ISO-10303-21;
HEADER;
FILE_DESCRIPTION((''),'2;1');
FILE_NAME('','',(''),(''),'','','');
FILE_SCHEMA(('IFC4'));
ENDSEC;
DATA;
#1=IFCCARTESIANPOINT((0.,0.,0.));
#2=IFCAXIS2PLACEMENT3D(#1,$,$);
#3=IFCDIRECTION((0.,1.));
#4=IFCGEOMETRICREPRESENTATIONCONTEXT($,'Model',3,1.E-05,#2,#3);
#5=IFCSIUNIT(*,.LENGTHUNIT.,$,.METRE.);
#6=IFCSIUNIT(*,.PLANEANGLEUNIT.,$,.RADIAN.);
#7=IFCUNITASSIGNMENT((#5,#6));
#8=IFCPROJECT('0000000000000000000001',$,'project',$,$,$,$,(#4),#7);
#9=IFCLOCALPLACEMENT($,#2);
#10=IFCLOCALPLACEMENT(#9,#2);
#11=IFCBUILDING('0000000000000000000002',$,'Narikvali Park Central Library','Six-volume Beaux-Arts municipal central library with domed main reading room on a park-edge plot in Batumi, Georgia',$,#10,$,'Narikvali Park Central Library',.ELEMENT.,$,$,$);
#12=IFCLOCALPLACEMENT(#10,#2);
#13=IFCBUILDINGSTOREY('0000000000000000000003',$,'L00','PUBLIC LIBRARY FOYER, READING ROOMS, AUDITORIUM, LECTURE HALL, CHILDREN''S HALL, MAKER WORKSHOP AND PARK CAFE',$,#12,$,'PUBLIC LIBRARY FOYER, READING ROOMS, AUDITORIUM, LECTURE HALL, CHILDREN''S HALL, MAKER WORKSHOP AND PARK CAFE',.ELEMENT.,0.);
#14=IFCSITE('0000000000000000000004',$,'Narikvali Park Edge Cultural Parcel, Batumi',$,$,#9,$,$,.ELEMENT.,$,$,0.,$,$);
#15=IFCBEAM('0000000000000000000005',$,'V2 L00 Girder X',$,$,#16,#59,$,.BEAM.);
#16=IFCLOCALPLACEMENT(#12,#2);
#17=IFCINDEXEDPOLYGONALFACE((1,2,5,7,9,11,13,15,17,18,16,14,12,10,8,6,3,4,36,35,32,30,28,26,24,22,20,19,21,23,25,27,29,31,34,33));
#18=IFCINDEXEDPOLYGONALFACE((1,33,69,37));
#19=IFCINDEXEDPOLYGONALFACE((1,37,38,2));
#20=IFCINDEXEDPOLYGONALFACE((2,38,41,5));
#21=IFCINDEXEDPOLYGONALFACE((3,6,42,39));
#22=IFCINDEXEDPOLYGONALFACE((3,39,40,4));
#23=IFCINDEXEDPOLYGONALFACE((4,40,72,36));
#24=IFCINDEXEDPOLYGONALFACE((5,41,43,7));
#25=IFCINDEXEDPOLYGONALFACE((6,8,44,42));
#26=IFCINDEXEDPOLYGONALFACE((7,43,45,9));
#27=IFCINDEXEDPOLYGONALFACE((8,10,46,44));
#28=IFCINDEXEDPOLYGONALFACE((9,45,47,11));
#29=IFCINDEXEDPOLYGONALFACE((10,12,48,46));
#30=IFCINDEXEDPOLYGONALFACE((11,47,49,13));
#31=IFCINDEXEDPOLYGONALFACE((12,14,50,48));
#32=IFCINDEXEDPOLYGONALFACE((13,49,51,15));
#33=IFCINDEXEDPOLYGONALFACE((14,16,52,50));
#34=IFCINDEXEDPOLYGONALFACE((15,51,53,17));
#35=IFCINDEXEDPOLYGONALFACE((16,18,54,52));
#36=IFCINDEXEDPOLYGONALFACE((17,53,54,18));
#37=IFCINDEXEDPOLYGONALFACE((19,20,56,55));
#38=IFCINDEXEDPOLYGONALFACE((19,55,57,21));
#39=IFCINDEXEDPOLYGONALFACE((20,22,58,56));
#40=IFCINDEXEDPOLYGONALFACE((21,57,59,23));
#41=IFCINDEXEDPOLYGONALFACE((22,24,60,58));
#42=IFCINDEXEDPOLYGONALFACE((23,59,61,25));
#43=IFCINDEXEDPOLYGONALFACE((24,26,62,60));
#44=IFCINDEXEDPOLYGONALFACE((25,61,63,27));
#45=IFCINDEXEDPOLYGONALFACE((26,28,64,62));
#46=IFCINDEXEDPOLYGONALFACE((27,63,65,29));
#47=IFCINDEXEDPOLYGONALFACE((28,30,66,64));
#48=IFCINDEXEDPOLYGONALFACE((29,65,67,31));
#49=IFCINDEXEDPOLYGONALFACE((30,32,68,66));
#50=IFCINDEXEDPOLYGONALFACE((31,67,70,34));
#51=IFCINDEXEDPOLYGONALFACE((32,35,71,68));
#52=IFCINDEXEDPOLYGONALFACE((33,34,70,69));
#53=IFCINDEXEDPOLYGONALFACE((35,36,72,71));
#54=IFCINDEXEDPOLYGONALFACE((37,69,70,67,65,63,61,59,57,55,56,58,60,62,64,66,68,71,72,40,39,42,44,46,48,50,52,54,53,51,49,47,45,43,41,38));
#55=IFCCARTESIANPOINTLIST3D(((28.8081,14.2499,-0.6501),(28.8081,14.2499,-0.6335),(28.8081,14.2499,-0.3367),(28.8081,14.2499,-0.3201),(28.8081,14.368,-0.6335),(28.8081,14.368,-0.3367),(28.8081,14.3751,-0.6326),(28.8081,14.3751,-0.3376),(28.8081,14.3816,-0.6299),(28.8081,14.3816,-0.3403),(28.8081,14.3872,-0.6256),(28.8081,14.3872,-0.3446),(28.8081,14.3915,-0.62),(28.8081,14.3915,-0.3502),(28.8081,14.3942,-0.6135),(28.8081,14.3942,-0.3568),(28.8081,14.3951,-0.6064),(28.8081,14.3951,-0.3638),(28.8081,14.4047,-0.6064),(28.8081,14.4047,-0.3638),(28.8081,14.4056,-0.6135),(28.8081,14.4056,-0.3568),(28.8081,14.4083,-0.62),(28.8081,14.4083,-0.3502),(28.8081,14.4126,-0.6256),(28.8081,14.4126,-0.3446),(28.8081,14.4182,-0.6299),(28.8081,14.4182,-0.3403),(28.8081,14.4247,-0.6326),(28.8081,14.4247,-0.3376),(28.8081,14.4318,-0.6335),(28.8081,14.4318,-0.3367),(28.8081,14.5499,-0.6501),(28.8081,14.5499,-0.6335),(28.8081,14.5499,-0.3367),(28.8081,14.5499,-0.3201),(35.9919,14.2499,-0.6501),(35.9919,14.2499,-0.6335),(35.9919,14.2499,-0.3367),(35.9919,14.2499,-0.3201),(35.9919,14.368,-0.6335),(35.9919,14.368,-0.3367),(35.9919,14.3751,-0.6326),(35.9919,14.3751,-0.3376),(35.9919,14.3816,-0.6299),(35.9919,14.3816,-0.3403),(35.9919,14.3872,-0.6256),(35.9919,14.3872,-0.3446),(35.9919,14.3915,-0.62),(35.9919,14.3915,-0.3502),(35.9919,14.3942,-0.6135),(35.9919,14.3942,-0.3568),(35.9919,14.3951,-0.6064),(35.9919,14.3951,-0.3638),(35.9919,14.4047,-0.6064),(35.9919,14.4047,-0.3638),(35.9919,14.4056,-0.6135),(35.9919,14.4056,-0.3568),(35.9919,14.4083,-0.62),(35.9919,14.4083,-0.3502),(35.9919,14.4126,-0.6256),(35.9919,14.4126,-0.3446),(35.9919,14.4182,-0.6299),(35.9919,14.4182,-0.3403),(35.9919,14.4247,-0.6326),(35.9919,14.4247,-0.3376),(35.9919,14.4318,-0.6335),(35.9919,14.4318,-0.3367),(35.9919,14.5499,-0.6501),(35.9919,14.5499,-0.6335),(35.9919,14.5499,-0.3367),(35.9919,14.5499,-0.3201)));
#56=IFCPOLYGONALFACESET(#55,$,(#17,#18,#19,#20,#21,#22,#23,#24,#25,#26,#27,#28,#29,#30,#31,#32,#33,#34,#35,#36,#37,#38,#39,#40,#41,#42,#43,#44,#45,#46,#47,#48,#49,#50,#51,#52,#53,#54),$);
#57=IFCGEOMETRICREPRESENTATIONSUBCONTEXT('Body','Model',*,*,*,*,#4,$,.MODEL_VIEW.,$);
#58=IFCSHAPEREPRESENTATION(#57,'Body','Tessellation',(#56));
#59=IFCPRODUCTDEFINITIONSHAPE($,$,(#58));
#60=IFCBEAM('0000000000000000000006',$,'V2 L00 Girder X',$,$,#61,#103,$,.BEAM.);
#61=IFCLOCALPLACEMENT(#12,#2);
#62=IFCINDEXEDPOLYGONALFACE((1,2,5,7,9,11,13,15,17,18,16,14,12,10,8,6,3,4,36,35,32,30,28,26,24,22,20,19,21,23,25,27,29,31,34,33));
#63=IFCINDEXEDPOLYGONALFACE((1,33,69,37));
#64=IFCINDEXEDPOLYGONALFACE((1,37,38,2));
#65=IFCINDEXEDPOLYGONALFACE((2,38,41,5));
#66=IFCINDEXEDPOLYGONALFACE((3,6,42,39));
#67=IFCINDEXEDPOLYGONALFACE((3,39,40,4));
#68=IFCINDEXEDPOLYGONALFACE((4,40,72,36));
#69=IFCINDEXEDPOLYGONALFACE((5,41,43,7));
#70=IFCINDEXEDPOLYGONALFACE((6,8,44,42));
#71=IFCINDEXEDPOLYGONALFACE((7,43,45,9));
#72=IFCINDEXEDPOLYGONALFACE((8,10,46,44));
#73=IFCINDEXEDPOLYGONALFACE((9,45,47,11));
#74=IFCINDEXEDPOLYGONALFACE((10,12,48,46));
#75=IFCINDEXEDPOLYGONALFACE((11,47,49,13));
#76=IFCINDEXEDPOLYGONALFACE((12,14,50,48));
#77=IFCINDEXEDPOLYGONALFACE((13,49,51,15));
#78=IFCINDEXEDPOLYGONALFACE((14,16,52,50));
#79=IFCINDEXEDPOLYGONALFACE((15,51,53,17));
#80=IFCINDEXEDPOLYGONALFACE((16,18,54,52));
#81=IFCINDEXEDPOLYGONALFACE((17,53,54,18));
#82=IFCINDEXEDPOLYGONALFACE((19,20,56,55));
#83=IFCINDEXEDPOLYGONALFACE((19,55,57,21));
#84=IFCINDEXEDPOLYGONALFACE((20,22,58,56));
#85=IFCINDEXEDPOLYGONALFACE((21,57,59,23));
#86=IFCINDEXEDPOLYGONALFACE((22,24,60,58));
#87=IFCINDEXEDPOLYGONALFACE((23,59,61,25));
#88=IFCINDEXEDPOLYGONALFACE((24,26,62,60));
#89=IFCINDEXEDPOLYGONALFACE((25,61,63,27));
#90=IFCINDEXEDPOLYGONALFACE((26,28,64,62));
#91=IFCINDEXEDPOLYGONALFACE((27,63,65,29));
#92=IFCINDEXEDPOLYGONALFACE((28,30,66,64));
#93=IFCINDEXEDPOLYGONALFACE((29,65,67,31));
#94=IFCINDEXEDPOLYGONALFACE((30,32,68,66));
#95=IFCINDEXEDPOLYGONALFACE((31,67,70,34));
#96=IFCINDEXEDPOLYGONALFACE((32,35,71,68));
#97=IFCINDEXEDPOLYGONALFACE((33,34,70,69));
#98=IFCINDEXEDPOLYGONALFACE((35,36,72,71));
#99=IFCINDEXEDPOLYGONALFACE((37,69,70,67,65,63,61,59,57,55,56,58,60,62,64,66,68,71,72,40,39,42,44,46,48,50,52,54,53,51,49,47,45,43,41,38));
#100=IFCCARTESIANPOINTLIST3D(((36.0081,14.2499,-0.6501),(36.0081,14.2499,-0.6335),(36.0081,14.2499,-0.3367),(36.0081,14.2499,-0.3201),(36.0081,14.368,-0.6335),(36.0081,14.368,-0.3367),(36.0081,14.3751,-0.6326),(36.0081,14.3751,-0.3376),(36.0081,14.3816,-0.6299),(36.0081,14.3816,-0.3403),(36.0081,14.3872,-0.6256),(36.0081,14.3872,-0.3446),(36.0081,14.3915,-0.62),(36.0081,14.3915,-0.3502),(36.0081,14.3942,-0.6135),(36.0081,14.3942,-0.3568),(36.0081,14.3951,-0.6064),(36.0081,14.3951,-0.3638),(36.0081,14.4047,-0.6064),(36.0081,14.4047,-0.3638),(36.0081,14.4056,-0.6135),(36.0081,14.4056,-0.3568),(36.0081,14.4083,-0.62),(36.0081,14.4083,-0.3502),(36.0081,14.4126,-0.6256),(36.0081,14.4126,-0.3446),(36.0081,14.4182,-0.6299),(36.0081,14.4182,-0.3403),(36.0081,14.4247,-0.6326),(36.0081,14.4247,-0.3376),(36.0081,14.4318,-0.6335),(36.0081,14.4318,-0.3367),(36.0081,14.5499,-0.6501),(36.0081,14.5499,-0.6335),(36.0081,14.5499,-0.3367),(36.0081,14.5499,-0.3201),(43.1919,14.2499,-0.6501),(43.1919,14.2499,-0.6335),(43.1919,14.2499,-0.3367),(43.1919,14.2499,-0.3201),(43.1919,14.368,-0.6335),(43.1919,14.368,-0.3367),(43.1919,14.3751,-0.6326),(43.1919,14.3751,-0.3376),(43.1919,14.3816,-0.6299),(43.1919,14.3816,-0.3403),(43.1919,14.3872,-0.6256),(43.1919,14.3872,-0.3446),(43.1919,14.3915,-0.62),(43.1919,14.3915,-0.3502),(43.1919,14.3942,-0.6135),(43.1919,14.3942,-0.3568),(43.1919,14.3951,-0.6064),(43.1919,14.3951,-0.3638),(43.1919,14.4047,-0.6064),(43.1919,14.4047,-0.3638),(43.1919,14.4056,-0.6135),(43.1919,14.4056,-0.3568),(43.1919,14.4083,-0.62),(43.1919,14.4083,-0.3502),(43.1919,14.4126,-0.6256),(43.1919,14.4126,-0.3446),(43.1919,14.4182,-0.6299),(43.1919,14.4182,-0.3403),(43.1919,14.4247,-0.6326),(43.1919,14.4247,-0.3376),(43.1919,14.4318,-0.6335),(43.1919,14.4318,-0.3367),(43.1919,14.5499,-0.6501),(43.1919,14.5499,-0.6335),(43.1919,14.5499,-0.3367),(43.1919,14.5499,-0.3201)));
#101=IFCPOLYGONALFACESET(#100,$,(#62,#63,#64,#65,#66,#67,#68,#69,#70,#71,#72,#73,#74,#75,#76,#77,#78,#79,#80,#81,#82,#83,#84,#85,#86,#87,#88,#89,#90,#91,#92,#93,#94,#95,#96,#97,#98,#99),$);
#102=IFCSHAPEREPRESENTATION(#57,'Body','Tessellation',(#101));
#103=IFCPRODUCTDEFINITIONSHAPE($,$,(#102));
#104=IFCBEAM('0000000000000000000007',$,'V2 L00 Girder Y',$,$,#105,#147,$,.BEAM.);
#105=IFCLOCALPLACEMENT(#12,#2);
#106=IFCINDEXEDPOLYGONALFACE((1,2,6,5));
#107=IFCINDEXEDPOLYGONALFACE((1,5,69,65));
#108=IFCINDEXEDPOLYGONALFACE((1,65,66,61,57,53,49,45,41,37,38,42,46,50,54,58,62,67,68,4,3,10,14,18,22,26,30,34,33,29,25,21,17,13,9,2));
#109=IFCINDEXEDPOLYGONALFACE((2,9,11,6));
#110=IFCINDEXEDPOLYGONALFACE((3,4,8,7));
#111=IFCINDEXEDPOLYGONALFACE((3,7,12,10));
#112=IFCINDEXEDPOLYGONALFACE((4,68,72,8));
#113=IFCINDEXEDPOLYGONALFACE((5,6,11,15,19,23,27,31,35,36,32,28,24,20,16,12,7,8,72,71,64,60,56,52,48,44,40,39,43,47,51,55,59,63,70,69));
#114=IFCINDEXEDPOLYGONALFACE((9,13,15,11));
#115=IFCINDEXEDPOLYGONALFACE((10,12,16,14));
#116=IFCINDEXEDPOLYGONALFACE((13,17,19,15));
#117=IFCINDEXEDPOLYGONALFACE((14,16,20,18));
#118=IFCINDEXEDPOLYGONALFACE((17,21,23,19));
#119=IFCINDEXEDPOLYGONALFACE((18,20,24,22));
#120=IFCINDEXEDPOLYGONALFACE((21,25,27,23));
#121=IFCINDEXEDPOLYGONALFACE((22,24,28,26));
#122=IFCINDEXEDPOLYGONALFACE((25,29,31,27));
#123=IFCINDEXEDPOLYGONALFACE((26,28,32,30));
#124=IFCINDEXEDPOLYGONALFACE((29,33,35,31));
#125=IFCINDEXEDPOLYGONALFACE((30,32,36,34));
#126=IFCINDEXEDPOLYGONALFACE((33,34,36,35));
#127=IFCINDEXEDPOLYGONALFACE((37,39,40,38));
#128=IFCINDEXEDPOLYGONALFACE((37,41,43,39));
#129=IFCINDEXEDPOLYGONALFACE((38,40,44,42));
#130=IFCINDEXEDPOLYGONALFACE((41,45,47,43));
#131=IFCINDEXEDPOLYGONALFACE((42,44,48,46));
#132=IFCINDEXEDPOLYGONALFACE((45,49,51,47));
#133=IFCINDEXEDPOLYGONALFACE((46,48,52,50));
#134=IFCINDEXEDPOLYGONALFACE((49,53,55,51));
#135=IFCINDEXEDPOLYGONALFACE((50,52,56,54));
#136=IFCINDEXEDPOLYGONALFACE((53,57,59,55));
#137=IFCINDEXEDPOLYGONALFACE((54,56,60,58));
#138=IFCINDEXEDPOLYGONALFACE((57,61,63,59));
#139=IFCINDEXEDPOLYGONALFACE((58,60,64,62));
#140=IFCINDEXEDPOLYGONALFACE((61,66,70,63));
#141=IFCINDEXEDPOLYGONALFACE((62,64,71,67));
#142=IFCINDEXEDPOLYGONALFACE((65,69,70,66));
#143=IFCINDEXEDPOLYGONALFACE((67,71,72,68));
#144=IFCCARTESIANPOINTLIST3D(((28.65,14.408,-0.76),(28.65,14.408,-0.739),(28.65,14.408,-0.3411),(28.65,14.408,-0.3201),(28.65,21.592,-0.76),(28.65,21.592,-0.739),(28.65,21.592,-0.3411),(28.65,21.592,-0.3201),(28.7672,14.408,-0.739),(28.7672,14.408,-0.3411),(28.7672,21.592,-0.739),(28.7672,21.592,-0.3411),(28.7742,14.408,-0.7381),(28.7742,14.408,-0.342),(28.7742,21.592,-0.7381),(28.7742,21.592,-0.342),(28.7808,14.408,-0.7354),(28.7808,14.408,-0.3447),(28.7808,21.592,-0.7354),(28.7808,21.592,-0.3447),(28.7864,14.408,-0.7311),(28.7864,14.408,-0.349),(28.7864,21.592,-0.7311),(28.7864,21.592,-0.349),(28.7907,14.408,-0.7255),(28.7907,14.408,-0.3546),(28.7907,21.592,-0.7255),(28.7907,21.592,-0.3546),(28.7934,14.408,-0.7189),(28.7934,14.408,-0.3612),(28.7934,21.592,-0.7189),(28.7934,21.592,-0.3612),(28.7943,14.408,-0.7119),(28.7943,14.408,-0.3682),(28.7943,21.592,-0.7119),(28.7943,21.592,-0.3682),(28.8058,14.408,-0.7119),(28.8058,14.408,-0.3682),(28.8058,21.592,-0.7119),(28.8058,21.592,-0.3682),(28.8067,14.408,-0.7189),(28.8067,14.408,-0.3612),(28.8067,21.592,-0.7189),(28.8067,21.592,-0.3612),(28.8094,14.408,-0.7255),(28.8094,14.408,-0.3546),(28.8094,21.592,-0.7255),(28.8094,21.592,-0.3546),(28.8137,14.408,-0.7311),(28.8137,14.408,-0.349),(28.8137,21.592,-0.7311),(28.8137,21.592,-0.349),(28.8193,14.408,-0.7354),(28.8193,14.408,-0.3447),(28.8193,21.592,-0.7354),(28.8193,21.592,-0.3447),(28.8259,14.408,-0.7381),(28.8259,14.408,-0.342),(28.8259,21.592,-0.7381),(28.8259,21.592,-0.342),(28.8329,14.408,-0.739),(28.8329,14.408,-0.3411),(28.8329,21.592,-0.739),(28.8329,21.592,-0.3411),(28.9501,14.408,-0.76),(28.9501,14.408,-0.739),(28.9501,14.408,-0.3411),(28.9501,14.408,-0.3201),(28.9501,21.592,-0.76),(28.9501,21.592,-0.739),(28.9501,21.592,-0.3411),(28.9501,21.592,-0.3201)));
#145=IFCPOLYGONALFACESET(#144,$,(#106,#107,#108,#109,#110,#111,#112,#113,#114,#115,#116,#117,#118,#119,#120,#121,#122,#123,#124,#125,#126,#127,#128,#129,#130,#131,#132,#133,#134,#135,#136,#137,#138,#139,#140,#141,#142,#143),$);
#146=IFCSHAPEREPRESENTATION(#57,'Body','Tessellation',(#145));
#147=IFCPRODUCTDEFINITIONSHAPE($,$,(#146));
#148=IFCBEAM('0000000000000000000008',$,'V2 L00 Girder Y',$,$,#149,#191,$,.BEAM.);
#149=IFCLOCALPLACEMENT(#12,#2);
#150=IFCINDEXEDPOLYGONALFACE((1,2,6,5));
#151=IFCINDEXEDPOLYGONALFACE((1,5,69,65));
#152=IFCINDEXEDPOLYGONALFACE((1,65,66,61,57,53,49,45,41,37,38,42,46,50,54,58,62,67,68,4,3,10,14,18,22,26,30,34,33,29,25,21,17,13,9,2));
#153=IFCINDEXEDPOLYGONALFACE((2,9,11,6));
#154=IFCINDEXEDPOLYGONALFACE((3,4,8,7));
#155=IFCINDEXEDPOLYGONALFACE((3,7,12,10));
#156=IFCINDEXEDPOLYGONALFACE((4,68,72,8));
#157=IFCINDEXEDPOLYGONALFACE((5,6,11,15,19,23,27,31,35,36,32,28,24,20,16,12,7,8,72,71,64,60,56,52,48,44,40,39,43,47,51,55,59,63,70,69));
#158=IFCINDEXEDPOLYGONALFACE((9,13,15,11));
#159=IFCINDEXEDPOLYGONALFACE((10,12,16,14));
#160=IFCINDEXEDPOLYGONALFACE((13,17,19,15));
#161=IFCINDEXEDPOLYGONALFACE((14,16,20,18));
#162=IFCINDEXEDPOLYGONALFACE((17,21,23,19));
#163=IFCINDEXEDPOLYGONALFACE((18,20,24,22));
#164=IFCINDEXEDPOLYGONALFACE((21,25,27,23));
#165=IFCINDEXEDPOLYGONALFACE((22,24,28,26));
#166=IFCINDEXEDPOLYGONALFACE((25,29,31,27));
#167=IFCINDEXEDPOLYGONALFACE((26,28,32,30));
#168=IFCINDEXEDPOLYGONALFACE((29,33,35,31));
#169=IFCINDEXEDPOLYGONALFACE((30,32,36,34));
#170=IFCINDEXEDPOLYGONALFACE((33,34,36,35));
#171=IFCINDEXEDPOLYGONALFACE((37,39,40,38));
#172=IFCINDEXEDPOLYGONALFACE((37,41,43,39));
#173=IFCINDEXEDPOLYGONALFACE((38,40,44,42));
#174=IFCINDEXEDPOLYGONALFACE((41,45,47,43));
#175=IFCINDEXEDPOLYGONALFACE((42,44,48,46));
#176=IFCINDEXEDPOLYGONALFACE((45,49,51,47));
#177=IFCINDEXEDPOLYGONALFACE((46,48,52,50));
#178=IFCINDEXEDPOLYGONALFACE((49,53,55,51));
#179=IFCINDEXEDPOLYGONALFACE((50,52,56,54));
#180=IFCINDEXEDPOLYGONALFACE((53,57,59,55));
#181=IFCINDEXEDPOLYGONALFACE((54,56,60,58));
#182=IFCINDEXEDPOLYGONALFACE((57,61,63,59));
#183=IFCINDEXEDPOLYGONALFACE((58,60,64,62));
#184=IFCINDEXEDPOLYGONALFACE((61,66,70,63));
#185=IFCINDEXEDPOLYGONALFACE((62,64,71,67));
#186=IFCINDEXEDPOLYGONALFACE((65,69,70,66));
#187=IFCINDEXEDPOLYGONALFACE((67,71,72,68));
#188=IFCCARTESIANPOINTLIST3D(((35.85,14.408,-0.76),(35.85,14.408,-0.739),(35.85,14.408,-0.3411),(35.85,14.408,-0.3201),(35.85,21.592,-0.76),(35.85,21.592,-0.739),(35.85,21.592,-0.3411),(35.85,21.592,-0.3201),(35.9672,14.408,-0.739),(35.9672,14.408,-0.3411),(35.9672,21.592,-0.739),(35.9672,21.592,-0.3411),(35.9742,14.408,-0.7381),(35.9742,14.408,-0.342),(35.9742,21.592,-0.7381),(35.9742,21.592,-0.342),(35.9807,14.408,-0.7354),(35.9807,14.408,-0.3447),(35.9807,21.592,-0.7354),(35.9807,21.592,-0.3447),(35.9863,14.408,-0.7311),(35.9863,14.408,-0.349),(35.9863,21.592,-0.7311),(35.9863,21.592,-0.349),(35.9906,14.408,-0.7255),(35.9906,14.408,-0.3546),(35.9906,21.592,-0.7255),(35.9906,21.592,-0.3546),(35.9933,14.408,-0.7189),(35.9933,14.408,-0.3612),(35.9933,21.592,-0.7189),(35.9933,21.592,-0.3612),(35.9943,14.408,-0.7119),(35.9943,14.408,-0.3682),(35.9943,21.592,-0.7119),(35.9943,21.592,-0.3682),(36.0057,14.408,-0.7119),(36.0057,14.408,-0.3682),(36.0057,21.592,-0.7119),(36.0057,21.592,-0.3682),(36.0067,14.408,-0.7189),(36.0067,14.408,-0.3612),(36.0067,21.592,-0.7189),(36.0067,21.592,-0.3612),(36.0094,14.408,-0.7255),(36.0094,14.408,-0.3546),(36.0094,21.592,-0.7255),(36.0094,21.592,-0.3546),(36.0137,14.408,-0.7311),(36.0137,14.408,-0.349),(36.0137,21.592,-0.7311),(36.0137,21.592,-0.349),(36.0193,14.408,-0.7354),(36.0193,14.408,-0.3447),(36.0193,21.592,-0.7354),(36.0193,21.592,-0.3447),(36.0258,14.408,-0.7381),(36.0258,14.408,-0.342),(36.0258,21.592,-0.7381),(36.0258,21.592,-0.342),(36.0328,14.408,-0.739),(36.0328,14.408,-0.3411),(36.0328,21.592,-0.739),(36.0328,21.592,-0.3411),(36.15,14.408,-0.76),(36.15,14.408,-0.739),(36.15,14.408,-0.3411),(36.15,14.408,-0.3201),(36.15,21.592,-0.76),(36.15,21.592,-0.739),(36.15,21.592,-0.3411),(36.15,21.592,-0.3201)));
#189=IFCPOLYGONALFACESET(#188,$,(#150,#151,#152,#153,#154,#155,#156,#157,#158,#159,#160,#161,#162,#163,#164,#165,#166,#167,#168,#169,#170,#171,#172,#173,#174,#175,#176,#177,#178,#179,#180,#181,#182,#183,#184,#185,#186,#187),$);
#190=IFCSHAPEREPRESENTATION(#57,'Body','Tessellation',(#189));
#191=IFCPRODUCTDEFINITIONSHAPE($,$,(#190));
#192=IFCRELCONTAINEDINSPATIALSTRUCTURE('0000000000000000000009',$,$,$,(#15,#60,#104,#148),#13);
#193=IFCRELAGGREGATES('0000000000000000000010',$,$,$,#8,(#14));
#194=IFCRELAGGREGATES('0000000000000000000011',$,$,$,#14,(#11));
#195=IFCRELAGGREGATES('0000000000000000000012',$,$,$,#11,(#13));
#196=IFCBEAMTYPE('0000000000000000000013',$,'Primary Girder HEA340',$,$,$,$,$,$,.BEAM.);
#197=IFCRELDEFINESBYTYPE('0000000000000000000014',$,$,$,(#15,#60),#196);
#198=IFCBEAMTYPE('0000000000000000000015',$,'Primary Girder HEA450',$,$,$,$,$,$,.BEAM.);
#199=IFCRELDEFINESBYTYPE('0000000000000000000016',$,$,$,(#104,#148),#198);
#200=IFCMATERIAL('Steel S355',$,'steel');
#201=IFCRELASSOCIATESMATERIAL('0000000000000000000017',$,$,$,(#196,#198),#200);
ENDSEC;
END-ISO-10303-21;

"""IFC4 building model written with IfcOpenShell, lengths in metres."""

from ifc_helpers import new_model, si_unit, direction, frame, origin, origin_2d, place, context, subcontext, project, spatial, i_section, extrude, material, material_profile, profile_set, type_object, element, save


model = new_model("IFC4")

# Units and contexts
model_context = context("Model", 3, precision=1e-05, world=origin(), true_north=direction((0.0, 1.0)))
body_context = subcontext(model_context, "Body", "Model", "MODEL_VIEW")
ifc_project = project(units=[si_unit("LENGTHUNIT", "METRE"), si_unit("PLANEANGLEUNIT", "RADIAN")], contexts=[model_context])

# Site, building, storey
site_placement = place(None, origin())
site = spatial("IfcSite", under=ifc_project, at=site_placement, Name="Narikvali Park Edge Cultural Parcel, Batumi", CompositionType="ELEMENT", RefElevation=0.0)
building_placement = place(site_placement, origin())
building = spatial("IfcBuilding", under=site, at=building_placement, Name="Narikvali Park Central Library", Description="Six-volume Beaux-Arts municipal central library with domed main reading room on a park-edge plot in Batumi, Georgia", LongName="Narikvali Park Central Library", CompositionType="ELEMENT")
storey_placement = place(building_placement, origin())
storey = spatial("IfcBuildingStorey", under=building, at=storey_placement, Name="L00", Description="PUBLIC LIBRARY FOYER, READING ROOMS, AUDITORIUM, LECTURE HALL, CHILDREN'S HALL, MAKER WORKSHOP AND PARK CAFE", LongName="PUBLIC LIBRARY FOYER, READING ROOMS, AUDITORIUM, LECTURE HALL, CHILDREN'S HALL, MAKER WORKSHOP AND PARK CAFE", CompositionType="ELEMENT", Elevation=0.0)

# Shared definitions
ifc_material_1 = material(Name="Steel S355", Category="steel")

# Beams
ifc_material_profile_1 = material_profile(ifc_material_1, i_section(OverallWidth=0.3, OverallDepth=0.3301, WebThickness=0.0095, FlangeThickness=0.0166, FilletRadius=0.0271, at=origin_2d()), Name="HEA 340")
ifc_profile_set_1 = profile_set([ifc_material_profile_1], Name="Steel S355")
beam_type_1 = type_object("IfcBeamType", Name="Primary Girder HEA340", PredefinedType="BEAM", material=ifc_profile_set_1)
for number, where, z_axis, x_axis, name in (
    (1, (28.8081, 14.3999, -0.4851), (1.0, 0.0, 0.0), (0.0, 1.0, 0.0), "V2 L00 Girder X"),
    (2, (36.0081, 14.3999, -0.4851), (1.0, 0.0, 0.0), (0.0, 1.0, 0.0), "V2 L00 Girder X"),
):
    element("IfcBeam", number, at=place(storey_placement, frame(where, z_axis=z_axis, x_axis=x_axis)), inside=storey, type_object=beam_type_1, Name=name, PredefinedType="BEAM", context=body_context, shape_type="SweptSolid", body=[
        extrude(i_section(OverallWidth=0.3, OverallDepth=0.3301, WebThickness=0.0095, FlangeThickness=0.0166, FilletRadius=0.0271, at=origin_2d()), origin(), (0.0, 0.0, 1.0), 7.1838),
    ])
ifc_material_profile_2 = material_profile(ifc_material_1, i_section(OverallWidth=0.3, OverallDepth=0.4399, WebThickness=0.0115, FlangeThickness=0.021, FilletRadius=0.0271, at=origin_2d()), Name="HEA 450")
ifc_profile_set_2 = profile_set([ifc_material_profile_2], Name="Steel S355")
beam_type_2 = type_object("IfcBeamType", Name="Primary Girder HEA450", PredefinedType="BEAM", material=ifc_profile_set_2)
for number, where, z_axis, x_axis, name in (
    (3, (28.8, 14.408, -0.54), (0.0, 1.0, 0.0), (-1.0, 0.0, 0.0), "V2 L00 Girder Y"),
    (4, (36.0, 14.408, -0.54), (0.0, 1.0, 0.0), (-1.0, 0.0, 0.0), "V2 L00 Girder Y"),
):
    element("IfcBeam", number, at=place(storey_placement, frame(where, z_axis=z_axis, x_axis=x_axis)), inside=storey, type_object=beam_type_2, Name=name, PredefinedType="BEAM", context=body_context, shape_type="SweptSolid", body=[
        extrude(i_section(OverallWidth=0.3, OverallDepth=0.4399, WebThickness=0.0115, FlangeThickness=0.021, FilletRadius=0.0271, at=origin_2d()), origin(), (0.0, 0.0, 1.0), 7.1841),
    ])

save(model, "model.ifc")
